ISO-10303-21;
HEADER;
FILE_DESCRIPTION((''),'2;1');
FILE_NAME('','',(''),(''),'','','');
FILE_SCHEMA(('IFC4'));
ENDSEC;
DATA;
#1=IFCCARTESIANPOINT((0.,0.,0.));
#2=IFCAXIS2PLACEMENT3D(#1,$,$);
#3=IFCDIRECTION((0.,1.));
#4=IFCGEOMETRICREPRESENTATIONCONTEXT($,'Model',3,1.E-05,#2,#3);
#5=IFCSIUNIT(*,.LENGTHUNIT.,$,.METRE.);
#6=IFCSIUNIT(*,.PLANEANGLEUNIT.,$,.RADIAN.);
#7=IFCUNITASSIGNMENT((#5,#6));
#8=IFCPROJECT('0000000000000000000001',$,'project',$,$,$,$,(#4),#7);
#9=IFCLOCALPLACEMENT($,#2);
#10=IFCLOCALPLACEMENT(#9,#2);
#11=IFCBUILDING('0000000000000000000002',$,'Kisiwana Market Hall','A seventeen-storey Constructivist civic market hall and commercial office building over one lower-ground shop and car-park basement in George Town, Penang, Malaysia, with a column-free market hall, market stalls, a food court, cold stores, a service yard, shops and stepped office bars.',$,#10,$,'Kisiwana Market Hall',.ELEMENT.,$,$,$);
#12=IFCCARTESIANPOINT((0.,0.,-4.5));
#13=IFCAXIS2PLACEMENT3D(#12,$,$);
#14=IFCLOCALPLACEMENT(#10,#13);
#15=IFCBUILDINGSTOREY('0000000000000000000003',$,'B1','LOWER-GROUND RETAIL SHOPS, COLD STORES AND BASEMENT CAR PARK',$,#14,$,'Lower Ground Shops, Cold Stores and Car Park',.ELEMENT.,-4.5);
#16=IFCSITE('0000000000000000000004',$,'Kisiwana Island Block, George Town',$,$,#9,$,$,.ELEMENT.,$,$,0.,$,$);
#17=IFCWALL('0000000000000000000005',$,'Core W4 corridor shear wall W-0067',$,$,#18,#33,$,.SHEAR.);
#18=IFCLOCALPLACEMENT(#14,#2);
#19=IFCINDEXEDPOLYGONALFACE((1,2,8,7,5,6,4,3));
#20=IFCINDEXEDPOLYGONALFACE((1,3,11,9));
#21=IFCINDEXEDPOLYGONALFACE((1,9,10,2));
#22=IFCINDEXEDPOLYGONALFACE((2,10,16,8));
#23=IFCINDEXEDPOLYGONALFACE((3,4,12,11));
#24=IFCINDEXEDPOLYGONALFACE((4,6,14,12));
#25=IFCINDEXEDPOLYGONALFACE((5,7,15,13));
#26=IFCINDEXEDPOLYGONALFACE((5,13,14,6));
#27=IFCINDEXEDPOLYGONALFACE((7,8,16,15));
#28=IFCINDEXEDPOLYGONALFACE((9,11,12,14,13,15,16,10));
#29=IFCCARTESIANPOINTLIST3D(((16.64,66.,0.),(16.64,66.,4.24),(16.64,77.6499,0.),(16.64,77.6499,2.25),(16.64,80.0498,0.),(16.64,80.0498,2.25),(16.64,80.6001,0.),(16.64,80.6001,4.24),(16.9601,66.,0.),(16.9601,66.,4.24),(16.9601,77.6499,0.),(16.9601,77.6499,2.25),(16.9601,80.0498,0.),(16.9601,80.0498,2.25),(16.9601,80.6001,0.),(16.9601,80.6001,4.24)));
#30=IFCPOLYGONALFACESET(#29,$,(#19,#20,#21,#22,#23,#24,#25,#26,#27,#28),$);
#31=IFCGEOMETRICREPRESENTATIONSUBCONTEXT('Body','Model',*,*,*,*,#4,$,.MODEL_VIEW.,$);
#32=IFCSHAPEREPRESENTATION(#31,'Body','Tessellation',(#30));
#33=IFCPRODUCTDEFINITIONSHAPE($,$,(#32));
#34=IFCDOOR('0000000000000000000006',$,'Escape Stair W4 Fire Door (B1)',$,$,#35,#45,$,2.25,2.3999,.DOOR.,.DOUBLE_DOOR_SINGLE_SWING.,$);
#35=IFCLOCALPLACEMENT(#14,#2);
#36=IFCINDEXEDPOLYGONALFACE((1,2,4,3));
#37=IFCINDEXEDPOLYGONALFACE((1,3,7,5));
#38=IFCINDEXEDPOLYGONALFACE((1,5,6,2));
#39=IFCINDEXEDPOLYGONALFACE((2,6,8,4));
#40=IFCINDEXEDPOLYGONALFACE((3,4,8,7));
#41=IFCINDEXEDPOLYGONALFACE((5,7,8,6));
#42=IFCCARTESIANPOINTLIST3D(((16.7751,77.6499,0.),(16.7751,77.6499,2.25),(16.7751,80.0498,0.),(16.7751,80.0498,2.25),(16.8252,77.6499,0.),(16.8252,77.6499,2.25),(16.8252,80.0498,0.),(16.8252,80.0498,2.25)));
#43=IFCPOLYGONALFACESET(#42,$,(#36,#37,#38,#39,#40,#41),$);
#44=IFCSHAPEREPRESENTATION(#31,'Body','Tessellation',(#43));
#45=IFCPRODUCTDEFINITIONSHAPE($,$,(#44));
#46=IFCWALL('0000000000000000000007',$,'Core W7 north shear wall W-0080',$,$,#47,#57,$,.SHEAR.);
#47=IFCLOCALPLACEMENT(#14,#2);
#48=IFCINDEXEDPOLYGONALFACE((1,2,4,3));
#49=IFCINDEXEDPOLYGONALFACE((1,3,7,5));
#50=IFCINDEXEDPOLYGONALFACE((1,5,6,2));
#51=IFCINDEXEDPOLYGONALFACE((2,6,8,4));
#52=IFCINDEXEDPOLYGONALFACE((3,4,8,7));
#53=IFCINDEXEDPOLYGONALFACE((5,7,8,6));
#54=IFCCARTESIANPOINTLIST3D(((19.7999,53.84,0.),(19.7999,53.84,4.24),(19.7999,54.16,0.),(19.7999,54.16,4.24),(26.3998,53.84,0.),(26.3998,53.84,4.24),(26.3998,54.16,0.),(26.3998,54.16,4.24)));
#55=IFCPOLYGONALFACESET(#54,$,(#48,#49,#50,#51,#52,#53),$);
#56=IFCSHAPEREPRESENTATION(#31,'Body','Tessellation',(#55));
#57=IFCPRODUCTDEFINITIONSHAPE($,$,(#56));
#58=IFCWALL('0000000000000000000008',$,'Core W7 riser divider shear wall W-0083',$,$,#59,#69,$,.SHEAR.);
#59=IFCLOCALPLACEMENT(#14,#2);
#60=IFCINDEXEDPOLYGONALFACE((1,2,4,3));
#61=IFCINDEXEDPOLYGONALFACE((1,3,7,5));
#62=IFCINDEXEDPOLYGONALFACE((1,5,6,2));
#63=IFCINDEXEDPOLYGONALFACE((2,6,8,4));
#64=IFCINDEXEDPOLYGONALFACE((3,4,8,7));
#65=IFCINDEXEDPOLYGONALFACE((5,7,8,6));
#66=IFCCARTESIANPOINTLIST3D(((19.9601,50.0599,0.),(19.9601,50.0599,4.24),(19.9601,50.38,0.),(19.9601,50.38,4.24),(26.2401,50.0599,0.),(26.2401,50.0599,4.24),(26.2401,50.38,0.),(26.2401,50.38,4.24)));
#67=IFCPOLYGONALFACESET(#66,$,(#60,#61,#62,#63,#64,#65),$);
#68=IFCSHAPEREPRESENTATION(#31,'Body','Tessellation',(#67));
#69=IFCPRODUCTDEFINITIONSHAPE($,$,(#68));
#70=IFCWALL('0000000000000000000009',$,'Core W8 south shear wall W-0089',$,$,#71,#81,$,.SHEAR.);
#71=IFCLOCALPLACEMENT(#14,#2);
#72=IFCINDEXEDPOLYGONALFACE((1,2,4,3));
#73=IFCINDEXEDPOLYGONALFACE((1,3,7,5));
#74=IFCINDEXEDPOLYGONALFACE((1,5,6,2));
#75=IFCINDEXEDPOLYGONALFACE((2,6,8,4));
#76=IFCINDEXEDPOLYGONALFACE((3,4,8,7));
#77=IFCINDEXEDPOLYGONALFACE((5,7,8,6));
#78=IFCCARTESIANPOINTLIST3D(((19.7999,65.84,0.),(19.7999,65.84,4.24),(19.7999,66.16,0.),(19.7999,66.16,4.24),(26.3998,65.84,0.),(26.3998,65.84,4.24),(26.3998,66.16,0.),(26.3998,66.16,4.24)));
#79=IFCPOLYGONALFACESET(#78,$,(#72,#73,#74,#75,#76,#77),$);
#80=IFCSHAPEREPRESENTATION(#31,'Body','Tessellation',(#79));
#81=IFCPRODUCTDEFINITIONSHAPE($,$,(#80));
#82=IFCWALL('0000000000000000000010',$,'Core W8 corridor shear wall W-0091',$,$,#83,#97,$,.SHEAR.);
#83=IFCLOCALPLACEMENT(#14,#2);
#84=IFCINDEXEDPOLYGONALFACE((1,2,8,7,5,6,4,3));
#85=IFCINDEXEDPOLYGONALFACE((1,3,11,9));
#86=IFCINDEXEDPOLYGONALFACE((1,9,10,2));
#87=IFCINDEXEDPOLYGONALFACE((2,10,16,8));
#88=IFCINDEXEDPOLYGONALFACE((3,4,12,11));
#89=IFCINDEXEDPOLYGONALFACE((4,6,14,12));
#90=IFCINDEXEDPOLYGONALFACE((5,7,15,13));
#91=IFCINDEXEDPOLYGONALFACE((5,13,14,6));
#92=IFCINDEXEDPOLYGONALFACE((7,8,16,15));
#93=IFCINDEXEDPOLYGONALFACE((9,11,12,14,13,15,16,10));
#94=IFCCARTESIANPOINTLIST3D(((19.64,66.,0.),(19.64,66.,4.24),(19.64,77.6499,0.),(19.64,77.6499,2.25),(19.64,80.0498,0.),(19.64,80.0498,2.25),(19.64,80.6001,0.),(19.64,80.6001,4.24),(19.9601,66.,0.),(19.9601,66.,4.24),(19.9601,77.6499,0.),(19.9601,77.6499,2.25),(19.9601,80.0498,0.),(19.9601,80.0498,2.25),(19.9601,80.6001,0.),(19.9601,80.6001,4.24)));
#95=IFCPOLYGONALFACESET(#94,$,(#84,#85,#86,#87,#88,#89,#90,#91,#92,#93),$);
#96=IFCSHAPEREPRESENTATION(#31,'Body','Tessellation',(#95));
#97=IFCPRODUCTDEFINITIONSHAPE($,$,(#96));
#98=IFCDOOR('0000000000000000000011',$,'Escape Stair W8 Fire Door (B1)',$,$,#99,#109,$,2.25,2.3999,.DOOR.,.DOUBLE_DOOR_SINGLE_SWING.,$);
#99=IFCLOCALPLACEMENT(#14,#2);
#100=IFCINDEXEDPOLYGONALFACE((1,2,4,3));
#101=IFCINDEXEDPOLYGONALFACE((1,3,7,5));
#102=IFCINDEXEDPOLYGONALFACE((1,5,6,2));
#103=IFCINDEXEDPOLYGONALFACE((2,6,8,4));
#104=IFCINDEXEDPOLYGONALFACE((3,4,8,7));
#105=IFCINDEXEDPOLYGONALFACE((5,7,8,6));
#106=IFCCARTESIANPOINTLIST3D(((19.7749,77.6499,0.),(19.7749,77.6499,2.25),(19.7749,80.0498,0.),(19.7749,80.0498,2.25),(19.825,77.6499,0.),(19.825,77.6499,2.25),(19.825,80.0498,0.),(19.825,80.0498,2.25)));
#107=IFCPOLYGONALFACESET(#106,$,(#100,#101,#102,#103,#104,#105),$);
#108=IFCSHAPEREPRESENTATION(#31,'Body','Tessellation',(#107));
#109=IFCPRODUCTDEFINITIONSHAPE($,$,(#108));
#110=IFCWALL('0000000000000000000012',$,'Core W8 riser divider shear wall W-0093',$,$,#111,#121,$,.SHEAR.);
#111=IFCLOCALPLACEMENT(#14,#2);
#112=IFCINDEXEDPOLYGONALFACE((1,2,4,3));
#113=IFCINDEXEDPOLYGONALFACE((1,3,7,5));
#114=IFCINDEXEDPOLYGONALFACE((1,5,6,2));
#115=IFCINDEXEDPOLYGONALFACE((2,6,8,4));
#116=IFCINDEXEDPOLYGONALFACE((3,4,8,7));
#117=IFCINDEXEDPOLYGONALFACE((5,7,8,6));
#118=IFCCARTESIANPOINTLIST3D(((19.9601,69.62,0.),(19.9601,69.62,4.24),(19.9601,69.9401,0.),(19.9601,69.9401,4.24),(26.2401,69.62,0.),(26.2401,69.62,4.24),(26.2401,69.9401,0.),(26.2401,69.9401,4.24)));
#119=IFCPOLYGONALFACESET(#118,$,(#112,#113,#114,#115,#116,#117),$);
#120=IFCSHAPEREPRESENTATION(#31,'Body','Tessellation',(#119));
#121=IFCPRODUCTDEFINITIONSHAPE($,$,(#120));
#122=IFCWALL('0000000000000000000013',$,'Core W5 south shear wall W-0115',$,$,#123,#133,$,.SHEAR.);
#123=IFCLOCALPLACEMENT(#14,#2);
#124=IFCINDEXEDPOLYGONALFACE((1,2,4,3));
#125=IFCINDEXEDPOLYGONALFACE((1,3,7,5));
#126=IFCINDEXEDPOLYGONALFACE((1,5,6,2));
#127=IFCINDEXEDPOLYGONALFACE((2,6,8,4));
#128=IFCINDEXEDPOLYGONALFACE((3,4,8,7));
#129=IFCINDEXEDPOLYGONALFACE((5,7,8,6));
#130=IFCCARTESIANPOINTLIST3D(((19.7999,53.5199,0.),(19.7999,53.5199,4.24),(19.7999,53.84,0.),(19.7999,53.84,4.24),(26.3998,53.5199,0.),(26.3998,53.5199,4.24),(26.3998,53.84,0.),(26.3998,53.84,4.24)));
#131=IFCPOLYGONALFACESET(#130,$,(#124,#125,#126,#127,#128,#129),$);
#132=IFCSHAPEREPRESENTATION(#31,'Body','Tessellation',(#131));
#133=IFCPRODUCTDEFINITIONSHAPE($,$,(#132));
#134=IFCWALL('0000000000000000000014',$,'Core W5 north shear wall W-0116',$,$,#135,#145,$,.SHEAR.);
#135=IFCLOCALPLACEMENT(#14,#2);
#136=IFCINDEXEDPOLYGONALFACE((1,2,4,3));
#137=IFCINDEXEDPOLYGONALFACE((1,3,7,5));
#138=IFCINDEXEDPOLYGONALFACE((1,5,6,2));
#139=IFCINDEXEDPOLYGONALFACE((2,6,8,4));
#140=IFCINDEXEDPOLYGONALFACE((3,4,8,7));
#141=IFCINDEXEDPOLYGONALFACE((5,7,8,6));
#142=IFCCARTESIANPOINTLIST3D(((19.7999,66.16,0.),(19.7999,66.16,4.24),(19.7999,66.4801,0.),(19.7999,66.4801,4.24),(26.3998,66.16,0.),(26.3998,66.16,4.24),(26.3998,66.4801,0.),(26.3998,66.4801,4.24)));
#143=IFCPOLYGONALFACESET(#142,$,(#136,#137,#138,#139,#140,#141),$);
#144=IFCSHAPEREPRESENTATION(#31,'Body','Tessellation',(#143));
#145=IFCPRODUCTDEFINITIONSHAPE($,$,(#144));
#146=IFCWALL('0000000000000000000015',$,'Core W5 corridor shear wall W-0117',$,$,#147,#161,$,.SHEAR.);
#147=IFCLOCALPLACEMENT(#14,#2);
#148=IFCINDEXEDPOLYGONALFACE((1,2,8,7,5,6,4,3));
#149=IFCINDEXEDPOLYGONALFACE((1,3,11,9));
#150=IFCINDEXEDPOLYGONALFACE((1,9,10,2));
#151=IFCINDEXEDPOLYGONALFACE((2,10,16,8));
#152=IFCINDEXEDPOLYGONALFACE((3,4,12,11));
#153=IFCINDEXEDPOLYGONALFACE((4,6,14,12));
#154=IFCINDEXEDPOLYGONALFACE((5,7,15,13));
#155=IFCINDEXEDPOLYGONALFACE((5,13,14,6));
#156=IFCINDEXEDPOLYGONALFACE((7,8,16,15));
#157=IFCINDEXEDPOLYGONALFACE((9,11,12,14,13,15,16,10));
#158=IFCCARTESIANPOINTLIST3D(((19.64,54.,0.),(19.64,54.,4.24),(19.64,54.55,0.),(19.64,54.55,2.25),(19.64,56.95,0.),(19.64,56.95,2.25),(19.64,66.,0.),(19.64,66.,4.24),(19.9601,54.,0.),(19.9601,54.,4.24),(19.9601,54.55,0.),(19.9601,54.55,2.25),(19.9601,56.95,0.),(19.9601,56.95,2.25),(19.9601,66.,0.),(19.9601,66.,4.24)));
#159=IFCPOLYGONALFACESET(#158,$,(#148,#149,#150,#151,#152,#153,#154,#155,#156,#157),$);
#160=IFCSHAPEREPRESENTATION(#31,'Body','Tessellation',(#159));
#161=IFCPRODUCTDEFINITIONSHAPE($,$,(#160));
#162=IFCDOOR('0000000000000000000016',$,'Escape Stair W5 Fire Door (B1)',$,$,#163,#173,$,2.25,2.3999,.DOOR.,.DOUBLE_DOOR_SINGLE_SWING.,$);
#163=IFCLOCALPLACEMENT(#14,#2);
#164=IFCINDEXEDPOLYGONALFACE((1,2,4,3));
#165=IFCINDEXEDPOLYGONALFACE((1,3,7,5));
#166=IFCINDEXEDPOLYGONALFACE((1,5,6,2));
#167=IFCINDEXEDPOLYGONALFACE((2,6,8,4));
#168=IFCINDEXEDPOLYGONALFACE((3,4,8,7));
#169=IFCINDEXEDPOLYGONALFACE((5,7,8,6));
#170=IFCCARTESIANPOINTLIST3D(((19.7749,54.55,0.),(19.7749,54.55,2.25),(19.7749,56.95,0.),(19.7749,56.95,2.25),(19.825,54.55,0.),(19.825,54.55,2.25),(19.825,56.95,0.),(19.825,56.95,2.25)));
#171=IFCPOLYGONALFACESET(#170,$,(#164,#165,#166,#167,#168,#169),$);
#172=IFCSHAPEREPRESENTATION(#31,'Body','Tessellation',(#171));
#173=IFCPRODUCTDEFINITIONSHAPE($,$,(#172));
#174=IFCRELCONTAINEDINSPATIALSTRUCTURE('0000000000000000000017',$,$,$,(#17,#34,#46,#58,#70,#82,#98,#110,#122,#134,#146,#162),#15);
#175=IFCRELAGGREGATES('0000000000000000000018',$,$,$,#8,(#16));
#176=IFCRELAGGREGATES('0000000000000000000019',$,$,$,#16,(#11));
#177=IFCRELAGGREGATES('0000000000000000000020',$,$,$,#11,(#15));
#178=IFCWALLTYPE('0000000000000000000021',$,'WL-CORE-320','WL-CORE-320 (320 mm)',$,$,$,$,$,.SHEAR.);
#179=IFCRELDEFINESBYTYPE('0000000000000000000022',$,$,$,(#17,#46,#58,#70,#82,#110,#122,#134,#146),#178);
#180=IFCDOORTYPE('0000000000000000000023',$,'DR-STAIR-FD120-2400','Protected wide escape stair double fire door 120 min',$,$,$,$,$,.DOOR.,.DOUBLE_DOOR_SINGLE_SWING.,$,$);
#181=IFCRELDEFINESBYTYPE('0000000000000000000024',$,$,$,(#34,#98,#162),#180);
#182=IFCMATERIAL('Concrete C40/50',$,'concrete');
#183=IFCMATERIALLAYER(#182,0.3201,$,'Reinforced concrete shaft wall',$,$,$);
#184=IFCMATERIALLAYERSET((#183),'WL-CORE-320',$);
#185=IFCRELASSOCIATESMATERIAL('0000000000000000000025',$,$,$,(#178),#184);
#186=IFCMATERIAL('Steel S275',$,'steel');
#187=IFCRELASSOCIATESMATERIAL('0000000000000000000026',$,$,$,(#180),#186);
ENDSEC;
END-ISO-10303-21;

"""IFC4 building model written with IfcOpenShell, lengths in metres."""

from ifc_helpers import new_model, si_unit, direction, frame, frame_2d, origin, place, context, subcontext, project, spatial, rectangle, extrude, material, layer, layer_set, type_object, element, fill, save


model = new_model("IFC4")

# Units and contexts
model_context = context("Model", 3, precision=1e-05, world=origin(), true_north=direction((0.0, 1.0)))
body_context = subcontext(model_context, "Body", "Model", "MODEL_VIEW")
ifc_project = project(units=[si_unit("LENGTHUNIT", "METRE"), si_unit("PLANEANGLEUNIT", "RADIAN")], contexts=[model_context])

# Site, building, storey
site_placement = place(None, origin())
site = spatial("IfcSite", under=ifc_project, at=site_placement, Name="Kisiwana Island Block, George Town", CompositionType="ELEMENT", RefElevation=0.0)
building_placement = place(site_placement, origin())
building = spatial("IfcBuilding", under=site, at=building_placement, Name="Kisiwana Market Hall", Description="A seventeen-storey Constructivist civic market hall and commercial office building over one lower-ground shop and car-park basement in George Town, Penang, Malaysia, with a column-free market hall, market stalls, a food court, cold stores, a service yard, shops and stepped office bars.", LongName="Kisiwana Market Hall", CompositionType="ELEMENT")
storey_placement = place(building_placement, frame((0.0, 0.0, -4.5)))
storey = spatial("IfcBuildingStorey", under=building, at=storey_placement, Name="B1", Description="LOWER-GROUND RETAIL SHOPS, COLD STORES AND BASEMENT CAR PARK", LongName="Lower Ground Shops, Cold Stores and Car Park", CompositionType="ELEMENT", Elevation=-4.5)

# Wall, opening, door
ifc_material_1 = material(Name="Concrete C40/50", Category="concrete")
ifc_layer_1 = layer(ifc_material_1, 0.3201, Name="Reinforced concrete shaft wall")
ifc_layer_set_1 = layer_set([ifc_layer_1], Name="WL-CORE-320")
wall_type_1 = type_object("IfcWallType", Name="WL-CORE-320", Description="WL-CORE-320 (320 mm)", PredefinedType="SHEAR", material=ifc_layer_set_1)
wall_1_placement = place(storey_placement, frame((16.8, 66.0, 0.0), z_axis=(0.0, 0.0, 1.0), x_axis=(0.0, 1.0, 0.0)))
wall_1 = element("IfcWall", 1, at=wall_1_placement, inside=storey, type_object=wall_type_1, Name="Core W4 corridor shear wall W-0067", PredefinedType="SHEAR", context=body_context, shape_type="SweptSolid", body=[
    extrude(rectangle(XDim=14.6001, YDim=0.3201, at=frame_2d((7.3, 0.0))), origin(), (0.0, 0.0, 1.0), 4.24),
])
opening_1_placement = place(wall_1_placement, frame((11.6499, 0.0, 0.0)))
opening_1 = element("IfcOpeningElement", 2, at=opening_1_placement, cuts=wall_1, PredefinedType="OPENING", context=body_context, shape_type="SweptSolid", body=[
    extrude(rectangle(XDim=2.3999, YDim=2.25, at=frame_2d((1.2, 1.125))), frame((0.0, 0.1719, 0.0), z_axis=(0.0, -1.0, 0.0), x_axis=(1.0, 0.0, 0.0)), (0.0, 0.0, 1.0), 0.344),
])
ifc_material_2 = material(Name="Steel S275", Category="steel")
door_type_1 = type_object("IfcDoorType", Name="DR-STAIR-FD120-2400", Description="Protected wide escape stair double fire door 120 min", OperationType="DOUBLE_DOOR_SINGLE_SWING", PredefinedType="DOOR", material=ifc_material_2)
door_1_placement = place(opening_1_placement, origin())
door_1 = element("IfcDoor", 3, at=door_1_placement, inside=storey, type_object=door_type_1, Name="Escape Stair W4 Fire Door (B1)", OperationType="DOUBLE_DOOR_SINGLE_SWING", OverallHeight=2.25, OverallWidth=2.3999, PredefinedType="DOOR", context=body_context, shape_type="SweptSolid", body=[
    extrude(rectangle(XDim=2.3999, YDim=2.25, at=frame_2d((1.2, 1.125))), frame((0.0, 0.0249, 0.0), z_axis=(0.0, -1.0, 0.0), x_axis=(1.0, 0.0, 0.0)), (0.0, 0.0, 1.0), 0.05),
])
fill(opening_1, door_1)

# Walls
wall_2_placement = place(storey_placement, frame((19.8, 54.0, 0.0), z_axis=(0.0, 0.0, 1.0), x_axis=(1.0, 0.0, 0.0)))
element("IfcWall", 4, at=wall_2_placement, inside=storey, type_object=wall_type_1, Name="Core W7 north shear wall W-0080", PredefinedType="SHEAR", context=body_context, shape_type="SweptSolid", body=[
    extrude(rectangle(XDim=6.5999, YDim=0.3201, at=frame_2d((3.2998, 0.0))), origin(), (0.0, 0.0, 1.0), 4.24),
])
wall_3_placement = place(storey_placement, frame((19.96, 50.22, 0.0), z_axis=(0.0, 0.0, 1.0), x_axis=(1.0, 0.0, 0.0)))
element("IfcWall", 5, at=wall_3_placement, inside=storey, type_object=wall_type_1, Name="Core W7 riser divider shear wall W-0083", PredefinedType="SHEAR", context=body_context, shape_type="SweptSolid", body=[
    extrude(rectangle(XDim=6.28, YDim=0.3201, at=frame_2d((3.1401, 0.0))), origin(), (0.0, 0.0, 1.0), 4.24),
])
wall_4_placement = place(storey_placement, frame((19.8, 66.0, 0.0), z_axis=(0.0, 0.0, 1.0), x_axis=(1.0, 0.0, 0.0)))
element("IfcWall", 6, at=wall_4_placement, inside=storey, type_object=wall_type_1, Name="Core W8 south shear wall W-0089", PredefinedType="SHEAR", context=body_context, shape_type="SweptSolid", body=[
    extrude(rectangle(XDim=6.5999, YDim=0.3201, at=frame_2d((3.2998, 0.0))), origin(), (0.0, 0.0, 1.0), 4.24),
])

# Wall, opening, door
wall_5_placement = place(storey_placement, frame((19.8, 66.0, 0.0), z_axis=(0.0, 0.0, 1.0), x_axis=(0.0, 1.0, 0.0)))
wall_5 = element("IfcWall", 7, at=wall_5_placement, inside=storey, type_object=wall_type_1, Name="Core W8 corridor shear wall W-0091", PredefinedType="SHEAR", context=body_context, shape_type="SweptSolid", body=[
    extrude(rectangle(XDim=14.6001, YDim=0.3201, at=frame_2d((7.3, 0.0))), origin(), (0.0, 0.0, 1.0), 4.24),
])
opening_2_placement = place(wall_5_placement, frame((11.6499, 0.0, 0.0)))
opening_2 = element("IfcOpeningElement", 8, at=opening_2_placement, cuts=wall_5, PredefinedType="OPENING", context=body_context, shape_type="SweptSolid", body=[
    extrude(rectangle(XDim=2.3999, YDim=2.25, at=frame_2d((1.2, 1.125))), frame((0.0, 0.1719, 0.0), z_axis=(0.0, -1.0, 0.0), x_axis=(1.0, 0.0, 0.0)), (0.0, 0.0, 1.0), 0.344),
])
door_2_placement = place(opening_2_placement, frame((2.3999, 0.0, 0.0), z_axis=(0.0, 0.0, 1.0), x_axis=(-1.0, 0.0, 0.0)))
door_2 = element("IfcDoor", 9, at=door_2_placement, inside=storey, type_object=door_type_1, Name="Escape Stair W8 Fire Door (B1)", OperationType="DOUBLE_DOOR_SINGLE_SWING", OverallHeight=2.25, OverallWidth=2.3999, PredefinedType="DOOR", context=body_context, shape_type="SweptSolid", body=[
    extrude(rectangle(XDim=2.3999, YDim=2.25, at=frame_2d((1.2, 1.125))), frame((0.0, 0.0249, 0.0), z_axis=(0.0, -1.0, 0.0), x_axis=(1.0, 0.0, 0.0)), (0.0, 0.0, 1.0), 0.05),
])
fill(opening_2, door_2)

# Walls
wall_6_placement = place(storey_placement, frame((19.96, 69.78, 0.0), z_axis=(0.0, 0.0, 1.0), x_axis=(1.0, 0.0, 0.0)))
element("IfcWall", 10, at=wall_6_placement, inside=storey, type_object=wall_type_1, Name="Core W8 riser divider shear wall W-0093", PredefinedType="SHEAR", context=body_context, shape_type="SweptSolid", body=[
    extrude(rectangle(XDim=6.28, YDim=0.3201, at=frame_2d((3.1401, 0.0))), origin(), (0.0, 0.0, 1.0), 4.24),
])
for number, where, z_axis, x_axis, name in (
    (11, (19.8, 53.6799, 0.0), (0.0, 0.0, 1.0), (1.0, 0.0, 0.0), "Core W5 south shear wall W-0115"),
    (12, (19.8, 66.3201, 0.0), (0.0, 0.0, 1.0), (1.0, 0.0, 0.0), "Core W5 north shear wall W-0116"),
):
    element("IfcWall", number, at=place(storey_placement, frame(where, z_axis=z_axis, x_axis=x_axis)), inside=storey, type_object=wall_type_1, Name=name, PredefinedType="SHEAR", context=body_context, shape_type="SweptSolid", body=[
        extrude(rectangle(XDim=6.5999, YDim=0.3201, at=frame_2d((3.2998, 0.0))), origin(), (0.0, 0.0, 1.0), 4.24),
    ])

# Wall, opening, door
wall_7_placement = place(storey_placement, frame((19.8, 54.0, 0.0), z_axis=(0.0, 0.0, 1.0), x_axis=(0.0, 1.0, 0.0)))
wall_7 = element("IfcWall", 13, at=wall_7_placement, inside=storey, type_object=wall_type_1, Name="Core W5 corridor shear wall W-0117", PredefinedType="SHEAR", context=body_context, shape_type="SweptSolid", body=[
    extrude(rectangle(XDim=12.0, YDim=0.3201, at=frame_2d((6.0, 0.0))), origin(), (0.0, 0.0, 1.0), 4.24),
])
opening_3_placement = place(wall_7_placement, frame((0.55, 0.0, 0.0)))
opening_3 = element("IfcOpeningElement", 14, at=opening_3_placement, cuts=wall_7, PredefinedType="OPENING", context=body_context, shape_type="SweptSolid", body=[
    extrude(rectangle(XDim=2.3999, YDim=2.25, at=frame_2d((1.2, 1.125))), frame((0.0, 0.1719, 0.0), z_axis=(0.0, -1.0, 0.0), x_axis=(1.0, 0.0, 0.0)), (0.0, 0.0, 1.0), 0.344),
])
door_3_placement = place(opening_3_placement, frame((2.3999, 0.0, 0.0), z_axis=(0.0, 0.0, 1.0), x_axis=(-1.0, 0.0, 0.0)))
door_3 = element("IfcDoor", 15, at=door_3_placement, inside=storey, type_object=door_type_1, Name="Escape Stair W5 Fire Door (B1)", OperationType="DOUBLE_DOOR_SINGLE_SWING", OverallHeight=2.25, OverallWidth=2.3999, PredefinedType="DOOR", context=body_context, shape_type="SweptSolid", body=[
    extrude(rectangle(XDim=2.3999, YDim=2.25, at=frame_2d((1.2, 1.125))), frame((0.0, 0.0249, 0.0), z_axis=(0.0, -1.0, 0.0), x_axis=(1.0, 0.0, 0.0)), (0.0, 0.0, 1.0), 0.05),
])
fill(opening_3, door_3)

save(model, "model.ifc")
